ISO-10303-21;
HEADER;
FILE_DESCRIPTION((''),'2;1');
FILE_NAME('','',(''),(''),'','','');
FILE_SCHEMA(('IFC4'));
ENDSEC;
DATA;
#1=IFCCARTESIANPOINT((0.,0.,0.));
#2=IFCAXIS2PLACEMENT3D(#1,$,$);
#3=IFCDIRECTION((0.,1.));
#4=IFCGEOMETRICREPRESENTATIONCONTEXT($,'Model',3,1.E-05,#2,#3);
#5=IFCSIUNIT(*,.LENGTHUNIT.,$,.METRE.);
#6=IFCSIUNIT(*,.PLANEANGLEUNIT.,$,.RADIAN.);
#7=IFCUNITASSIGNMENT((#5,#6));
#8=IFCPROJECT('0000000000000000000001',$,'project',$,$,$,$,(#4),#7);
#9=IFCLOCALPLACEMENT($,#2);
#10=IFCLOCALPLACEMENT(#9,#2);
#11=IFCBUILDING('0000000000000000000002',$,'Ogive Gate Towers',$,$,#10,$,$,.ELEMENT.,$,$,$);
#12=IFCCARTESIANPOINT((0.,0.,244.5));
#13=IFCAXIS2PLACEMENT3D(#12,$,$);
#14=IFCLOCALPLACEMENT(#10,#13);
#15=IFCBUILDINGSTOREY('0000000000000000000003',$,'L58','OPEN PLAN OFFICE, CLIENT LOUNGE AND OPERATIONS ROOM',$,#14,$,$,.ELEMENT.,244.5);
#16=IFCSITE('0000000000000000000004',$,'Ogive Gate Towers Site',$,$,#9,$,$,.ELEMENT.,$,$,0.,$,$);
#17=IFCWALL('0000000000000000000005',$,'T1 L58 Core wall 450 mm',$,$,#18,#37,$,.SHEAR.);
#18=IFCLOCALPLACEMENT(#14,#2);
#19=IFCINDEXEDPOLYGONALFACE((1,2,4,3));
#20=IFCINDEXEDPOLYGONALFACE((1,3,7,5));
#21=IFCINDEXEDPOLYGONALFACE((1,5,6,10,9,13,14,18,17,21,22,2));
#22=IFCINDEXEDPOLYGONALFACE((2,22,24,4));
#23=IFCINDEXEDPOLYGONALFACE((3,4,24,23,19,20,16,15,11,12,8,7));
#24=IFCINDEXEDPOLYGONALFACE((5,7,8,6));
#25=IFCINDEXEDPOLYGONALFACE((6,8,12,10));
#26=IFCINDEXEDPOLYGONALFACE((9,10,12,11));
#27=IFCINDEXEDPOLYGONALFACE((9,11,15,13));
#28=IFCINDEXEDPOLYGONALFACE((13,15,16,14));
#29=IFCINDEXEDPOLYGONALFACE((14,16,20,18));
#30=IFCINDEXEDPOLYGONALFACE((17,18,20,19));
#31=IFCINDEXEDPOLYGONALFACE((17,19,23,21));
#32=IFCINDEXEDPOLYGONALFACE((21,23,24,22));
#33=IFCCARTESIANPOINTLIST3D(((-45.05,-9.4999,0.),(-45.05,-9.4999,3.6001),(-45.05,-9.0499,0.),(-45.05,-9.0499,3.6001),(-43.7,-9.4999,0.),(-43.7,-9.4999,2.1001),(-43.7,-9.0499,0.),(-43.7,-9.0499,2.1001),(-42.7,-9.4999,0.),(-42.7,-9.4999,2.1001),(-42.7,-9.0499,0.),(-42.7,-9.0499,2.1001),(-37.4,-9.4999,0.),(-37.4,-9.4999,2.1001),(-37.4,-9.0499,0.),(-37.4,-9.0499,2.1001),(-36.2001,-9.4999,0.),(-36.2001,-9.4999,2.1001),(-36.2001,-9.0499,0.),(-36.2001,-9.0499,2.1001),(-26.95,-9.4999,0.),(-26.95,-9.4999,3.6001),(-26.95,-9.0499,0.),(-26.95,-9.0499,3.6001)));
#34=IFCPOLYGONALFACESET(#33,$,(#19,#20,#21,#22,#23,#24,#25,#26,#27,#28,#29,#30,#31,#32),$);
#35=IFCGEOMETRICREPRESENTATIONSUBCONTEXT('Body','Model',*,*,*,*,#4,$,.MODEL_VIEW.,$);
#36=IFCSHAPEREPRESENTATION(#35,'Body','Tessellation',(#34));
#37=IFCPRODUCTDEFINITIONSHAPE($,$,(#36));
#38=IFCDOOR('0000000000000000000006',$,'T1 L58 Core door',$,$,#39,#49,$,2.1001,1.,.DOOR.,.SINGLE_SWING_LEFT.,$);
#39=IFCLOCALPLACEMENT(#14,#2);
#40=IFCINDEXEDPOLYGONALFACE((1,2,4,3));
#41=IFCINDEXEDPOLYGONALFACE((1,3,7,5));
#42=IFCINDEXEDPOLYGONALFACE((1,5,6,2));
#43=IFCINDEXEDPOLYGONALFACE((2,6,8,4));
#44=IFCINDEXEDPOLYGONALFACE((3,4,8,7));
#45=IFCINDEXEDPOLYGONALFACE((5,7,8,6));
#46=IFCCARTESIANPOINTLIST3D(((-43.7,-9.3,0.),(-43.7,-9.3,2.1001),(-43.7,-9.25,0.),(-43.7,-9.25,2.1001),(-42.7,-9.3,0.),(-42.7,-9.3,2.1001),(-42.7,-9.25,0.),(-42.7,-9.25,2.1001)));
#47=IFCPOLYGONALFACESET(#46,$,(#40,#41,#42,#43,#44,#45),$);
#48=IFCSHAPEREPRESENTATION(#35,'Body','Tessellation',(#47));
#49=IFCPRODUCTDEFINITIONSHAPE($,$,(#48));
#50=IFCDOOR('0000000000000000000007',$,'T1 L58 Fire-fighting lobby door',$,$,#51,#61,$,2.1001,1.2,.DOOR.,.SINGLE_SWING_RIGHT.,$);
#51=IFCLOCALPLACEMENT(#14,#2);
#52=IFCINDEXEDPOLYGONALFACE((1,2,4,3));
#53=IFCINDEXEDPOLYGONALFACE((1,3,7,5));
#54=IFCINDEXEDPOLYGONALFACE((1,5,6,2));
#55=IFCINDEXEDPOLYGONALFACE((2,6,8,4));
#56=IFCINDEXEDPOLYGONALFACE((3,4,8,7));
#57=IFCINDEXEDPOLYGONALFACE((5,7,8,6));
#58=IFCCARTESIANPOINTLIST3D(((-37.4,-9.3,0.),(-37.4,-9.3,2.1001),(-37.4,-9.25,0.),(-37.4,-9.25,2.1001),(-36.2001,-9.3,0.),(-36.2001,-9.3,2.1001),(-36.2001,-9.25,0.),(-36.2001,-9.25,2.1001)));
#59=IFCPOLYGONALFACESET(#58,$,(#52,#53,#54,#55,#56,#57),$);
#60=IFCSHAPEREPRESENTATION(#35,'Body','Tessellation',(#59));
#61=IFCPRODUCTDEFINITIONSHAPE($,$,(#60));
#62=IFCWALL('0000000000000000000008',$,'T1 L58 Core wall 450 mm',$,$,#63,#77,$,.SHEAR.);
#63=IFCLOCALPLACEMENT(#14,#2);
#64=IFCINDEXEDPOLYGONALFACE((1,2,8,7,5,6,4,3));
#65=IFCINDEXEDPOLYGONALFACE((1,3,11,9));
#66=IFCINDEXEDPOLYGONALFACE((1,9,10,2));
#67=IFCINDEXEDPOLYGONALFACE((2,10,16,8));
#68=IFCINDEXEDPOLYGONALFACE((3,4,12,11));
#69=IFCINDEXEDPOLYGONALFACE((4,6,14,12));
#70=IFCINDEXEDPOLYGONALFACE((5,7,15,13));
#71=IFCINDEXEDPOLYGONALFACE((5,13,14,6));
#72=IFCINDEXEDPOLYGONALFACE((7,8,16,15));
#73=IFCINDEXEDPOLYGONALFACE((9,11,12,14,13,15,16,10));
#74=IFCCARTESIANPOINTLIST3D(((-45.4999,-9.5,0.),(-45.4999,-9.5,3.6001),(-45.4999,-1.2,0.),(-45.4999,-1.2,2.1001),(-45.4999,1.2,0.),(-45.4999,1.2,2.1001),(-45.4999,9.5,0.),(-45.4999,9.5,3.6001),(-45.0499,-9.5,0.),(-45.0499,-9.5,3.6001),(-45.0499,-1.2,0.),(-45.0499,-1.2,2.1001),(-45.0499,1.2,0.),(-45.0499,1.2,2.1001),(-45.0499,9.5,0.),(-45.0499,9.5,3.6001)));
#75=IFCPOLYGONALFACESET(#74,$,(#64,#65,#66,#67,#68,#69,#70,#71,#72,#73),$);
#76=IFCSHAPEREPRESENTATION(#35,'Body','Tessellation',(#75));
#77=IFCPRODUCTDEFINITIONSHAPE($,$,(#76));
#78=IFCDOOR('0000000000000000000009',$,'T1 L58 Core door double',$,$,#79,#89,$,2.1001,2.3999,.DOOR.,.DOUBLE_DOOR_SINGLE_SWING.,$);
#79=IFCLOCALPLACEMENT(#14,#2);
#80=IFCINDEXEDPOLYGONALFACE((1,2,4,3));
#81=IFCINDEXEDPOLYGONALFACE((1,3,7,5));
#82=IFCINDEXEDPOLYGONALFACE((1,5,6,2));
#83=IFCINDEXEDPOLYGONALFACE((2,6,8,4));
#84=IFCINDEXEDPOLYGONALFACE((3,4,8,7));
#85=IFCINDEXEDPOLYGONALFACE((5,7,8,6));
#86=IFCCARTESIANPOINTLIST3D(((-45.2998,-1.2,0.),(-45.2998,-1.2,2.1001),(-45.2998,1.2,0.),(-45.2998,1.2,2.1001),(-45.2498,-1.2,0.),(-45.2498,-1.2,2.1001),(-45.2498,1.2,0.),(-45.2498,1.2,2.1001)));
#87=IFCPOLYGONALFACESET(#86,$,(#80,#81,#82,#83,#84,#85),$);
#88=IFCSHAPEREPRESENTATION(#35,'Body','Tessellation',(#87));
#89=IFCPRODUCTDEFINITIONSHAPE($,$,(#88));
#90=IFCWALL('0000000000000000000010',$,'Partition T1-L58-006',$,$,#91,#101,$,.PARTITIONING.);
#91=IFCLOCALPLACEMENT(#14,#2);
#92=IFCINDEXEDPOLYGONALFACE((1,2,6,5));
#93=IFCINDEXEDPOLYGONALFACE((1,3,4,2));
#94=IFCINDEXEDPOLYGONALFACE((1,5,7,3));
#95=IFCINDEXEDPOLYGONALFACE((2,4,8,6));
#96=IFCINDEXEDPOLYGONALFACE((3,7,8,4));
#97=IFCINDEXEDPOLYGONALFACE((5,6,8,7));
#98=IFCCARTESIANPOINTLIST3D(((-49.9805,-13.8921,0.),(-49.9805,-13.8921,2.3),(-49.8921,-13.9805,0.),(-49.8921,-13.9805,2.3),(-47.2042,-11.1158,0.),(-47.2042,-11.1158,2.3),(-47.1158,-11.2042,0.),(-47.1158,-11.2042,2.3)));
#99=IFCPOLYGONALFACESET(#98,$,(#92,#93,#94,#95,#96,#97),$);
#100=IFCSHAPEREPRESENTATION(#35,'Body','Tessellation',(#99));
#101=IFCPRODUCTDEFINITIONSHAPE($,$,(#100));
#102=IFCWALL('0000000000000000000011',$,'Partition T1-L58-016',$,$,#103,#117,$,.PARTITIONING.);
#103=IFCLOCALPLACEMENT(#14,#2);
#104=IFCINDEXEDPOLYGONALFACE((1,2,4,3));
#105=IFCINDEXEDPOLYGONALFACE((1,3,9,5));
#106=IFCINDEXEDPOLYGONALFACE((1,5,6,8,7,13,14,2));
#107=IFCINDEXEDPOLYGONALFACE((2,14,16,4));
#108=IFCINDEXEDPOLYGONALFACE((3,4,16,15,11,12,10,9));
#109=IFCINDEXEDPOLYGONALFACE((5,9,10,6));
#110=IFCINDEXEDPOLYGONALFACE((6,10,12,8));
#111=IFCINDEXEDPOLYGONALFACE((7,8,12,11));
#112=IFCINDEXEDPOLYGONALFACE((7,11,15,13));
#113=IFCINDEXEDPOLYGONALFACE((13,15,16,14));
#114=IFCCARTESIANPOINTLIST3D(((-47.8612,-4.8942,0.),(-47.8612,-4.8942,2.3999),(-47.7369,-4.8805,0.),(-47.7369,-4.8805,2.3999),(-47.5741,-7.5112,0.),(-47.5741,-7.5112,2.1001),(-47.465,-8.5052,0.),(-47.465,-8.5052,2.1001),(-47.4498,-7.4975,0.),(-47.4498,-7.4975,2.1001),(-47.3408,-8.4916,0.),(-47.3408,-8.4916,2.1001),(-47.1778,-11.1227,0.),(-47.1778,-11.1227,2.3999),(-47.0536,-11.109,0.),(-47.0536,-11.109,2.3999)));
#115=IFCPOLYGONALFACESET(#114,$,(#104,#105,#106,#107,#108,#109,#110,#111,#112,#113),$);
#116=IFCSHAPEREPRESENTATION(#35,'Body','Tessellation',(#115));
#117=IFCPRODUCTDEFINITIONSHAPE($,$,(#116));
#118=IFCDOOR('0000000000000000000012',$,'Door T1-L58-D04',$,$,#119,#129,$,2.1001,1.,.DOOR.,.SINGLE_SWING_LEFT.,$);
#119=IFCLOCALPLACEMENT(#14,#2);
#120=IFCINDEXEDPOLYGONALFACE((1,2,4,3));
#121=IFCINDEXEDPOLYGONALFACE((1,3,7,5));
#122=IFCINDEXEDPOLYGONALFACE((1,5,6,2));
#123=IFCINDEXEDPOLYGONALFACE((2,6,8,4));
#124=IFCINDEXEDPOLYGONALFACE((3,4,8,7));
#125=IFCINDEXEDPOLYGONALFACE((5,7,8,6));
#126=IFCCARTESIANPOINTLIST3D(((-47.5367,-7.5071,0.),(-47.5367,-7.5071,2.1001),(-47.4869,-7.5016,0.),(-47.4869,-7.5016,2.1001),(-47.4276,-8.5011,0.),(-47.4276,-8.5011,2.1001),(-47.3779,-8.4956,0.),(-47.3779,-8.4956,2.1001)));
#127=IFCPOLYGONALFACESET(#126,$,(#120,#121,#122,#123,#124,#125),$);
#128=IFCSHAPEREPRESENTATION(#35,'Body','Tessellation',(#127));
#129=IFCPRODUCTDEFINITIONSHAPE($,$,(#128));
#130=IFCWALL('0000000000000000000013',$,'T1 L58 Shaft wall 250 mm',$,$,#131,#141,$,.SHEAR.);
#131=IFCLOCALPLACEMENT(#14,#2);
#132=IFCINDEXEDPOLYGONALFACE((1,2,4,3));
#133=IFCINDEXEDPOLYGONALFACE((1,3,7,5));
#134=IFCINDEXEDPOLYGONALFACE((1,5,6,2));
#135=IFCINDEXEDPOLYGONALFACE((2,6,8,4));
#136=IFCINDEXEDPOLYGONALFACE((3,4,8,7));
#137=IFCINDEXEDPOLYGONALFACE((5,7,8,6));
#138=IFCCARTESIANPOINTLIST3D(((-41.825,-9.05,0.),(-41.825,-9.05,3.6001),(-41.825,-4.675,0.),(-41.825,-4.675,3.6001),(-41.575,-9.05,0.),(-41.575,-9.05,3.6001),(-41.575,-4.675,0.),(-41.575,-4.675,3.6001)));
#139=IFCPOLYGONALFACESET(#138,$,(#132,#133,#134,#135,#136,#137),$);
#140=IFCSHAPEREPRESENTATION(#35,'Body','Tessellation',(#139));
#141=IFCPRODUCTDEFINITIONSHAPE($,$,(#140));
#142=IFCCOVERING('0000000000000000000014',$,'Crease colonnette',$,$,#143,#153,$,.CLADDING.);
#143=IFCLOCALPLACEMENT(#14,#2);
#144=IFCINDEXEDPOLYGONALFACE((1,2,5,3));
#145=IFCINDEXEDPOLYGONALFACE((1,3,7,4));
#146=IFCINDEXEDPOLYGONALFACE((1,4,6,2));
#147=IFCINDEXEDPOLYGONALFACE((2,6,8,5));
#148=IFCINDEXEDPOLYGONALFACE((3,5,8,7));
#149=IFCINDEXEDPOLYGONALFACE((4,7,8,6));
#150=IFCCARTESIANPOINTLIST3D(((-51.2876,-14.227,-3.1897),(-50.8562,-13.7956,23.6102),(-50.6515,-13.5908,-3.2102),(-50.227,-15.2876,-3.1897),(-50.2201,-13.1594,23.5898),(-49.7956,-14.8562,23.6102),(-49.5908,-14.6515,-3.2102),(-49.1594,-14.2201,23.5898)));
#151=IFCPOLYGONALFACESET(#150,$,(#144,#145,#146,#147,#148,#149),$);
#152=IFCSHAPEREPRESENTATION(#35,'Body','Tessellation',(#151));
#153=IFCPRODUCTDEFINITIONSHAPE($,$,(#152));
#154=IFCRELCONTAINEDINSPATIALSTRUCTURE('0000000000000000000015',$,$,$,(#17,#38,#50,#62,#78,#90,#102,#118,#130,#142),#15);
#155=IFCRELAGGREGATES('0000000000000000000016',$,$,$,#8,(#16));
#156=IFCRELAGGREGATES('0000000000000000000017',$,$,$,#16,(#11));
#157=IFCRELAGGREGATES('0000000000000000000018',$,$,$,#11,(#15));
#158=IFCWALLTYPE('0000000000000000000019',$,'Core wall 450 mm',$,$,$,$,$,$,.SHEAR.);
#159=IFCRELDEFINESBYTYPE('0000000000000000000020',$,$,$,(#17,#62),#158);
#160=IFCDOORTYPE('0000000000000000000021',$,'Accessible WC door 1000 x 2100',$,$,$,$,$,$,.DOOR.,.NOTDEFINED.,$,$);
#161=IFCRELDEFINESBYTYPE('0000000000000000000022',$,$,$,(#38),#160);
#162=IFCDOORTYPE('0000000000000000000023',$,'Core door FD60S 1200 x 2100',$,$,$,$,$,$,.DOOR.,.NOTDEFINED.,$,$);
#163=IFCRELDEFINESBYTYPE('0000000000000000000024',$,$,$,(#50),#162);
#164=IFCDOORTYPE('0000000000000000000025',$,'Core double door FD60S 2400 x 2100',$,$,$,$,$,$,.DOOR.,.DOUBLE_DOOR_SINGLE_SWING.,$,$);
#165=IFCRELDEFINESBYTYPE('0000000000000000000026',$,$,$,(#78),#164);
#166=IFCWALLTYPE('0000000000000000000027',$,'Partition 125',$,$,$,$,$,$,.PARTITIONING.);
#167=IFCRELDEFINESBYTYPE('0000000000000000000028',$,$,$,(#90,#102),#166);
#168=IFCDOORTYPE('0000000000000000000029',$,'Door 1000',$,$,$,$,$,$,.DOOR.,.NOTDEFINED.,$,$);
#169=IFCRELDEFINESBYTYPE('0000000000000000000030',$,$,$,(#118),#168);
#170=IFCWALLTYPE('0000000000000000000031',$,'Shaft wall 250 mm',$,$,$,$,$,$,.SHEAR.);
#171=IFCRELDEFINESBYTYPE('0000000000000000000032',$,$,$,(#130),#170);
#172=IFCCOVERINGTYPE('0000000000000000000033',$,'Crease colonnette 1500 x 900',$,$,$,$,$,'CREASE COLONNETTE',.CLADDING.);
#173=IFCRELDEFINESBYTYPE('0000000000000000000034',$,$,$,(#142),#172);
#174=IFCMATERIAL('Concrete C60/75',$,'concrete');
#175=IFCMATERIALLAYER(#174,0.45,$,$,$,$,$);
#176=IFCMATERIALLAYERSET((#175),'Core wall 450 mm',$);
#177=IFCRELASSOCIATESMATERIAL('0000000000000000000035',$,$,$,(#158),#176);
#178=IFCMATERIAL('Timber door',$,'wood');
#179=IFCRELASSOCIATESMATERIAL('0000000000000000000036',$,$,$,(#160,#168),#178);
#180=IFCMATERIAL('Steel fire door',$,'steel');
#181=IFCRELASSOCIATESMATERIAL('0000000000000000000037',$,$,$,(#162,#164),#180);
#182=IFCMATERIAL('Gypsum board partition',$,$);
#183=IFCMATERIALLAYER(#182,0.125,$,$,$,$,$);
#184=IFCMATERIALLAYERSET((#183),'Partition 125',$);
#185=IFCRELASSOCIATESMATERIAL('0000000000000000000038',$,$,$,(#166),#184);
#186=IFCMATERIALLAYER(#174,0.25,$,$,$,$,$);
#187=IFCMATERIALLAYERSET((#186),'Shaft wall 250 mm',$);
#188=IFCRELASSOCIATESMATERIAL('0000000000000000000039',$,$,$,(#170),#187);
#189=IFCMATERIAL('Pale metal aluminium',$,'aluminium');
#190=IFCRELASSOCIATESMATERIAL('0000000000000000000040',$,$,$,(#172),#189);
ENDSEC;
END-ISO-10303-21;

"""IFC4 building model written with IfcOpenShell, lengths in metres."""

from ifc_helpers import new_model, si_unit, direction, frame, frame_2d, origin, origin_2d, place, context, subcontext, project, spatial, rectangle, extrude, material, layer, layer_set, material_profile, profile_set, type_object, element, fill, save


model = new_model("IFC4")

# Units and contexts
model_context = context("Model", 3, precision=1e-05, world=origin(), true_north=direction((0.0, 1.0)))
body_context = subcontext(model_context, "Body", "Model", "MODEL_VIEW")
ifc_project = project(units=[si_unit("LENGTHUNIT", "METRE"), si_unit("PLANEANGLEUNIT", "RADIAN")], contexts=[model_context])

# Site, building, storey
site_placement = place(None, origin())
site = spatial("IfcSite", under=ifc_project, at=site_placement, Name="Ogive Gate Towers Site", CompositionType="ELEMENT", RefElevation=0.0)
building_placement = place(site_placement, origin())
building = spatial("IfcBuilding", under=site, at=building_placement, Name="Ogive Gate Towers", CompositionType="ELEMENT")
storey_placement = place(building_placement, frame((0.0, 0.0, 244.5)))
storey = spatial("IfcBuildingStorey", under=building, at=storey_placement, Name="L58", Description="OPEN PLAN OFFICE, CLIENT LOUNGE AND OPERATIONS ROOM", CompositionType="ELEMENT", Elevation=244.5)

# Wall, openings, doors
ifc_material_1 = material(Name="Concrete C60/75", Category="concrete")
ifc_layer_1 = layer(ifc_material_1, 0.45)
ifc_layer_set_1 = layer_set([ifc_layer_1], Name="Core wall 450 mm")
wall_type_1 = type_object("IfcWallType", Name="Core wall 450 mm", PredefinedType="SHEAR", material=ifc_layer_set_1)
wall_1_placement = place(storey_placement, frame((-45.05, -9.2749, 0.0), z_axis=(0.0, 0.0, 1.0), x_axis=(1.0, 0.0, 0.0)))
wall_1 = element("IfcWall", 1, at=wall_1_placement, inside=storey, type_object=wall_type_1, Name="T1 L58 Core wall 450 mm", PredefinedType="SHEAR", context=body_context, shape_type="SweptSolid", body=[
    extrude(rectangle(XDim=18.1001, YDim=0.45, at=frame_2d((9.05, 0.0))), origin(), (0.0, 0.0, 1.0), 3.6001),
])
opening_1_placement = place(wall_1_placement, frame((7.6499, 0.0, 0.0)))
opening_1 = element("IfcOpeningElement", 2, at=opening_1_placement, cuts=wall_1, PredefinedType="OPENING", context=body_context, shape_type="SweptSolid", body=[
    extrude(rectangle(XDim=1.2, YDim=2.1001, at=frame_2d((0.6001, 1.05))), frame((0.0, 0.2349, 0.0), z_axis=(0.0, -1.0, 0.0), x_axis=(1.0, 0.0, 0.0)), (0.0, 0.0, 1.0), 0.47),
])
opening_2_placement = place(wall_1_placement, frame((1.3501, 0.0, 0.0)))
opening_2 = element("IfcOpeningElement", 3, at=opening_2_placement, cuts=wall_1, PredefinedType="OPENING", context=body_context, shape_type="SweptSolid", body=[
    extrude(rectangle(XDim=1.0, YDim=2.1001, at=frame_2d((0.5, 1.05))), frame((0.0, 0.2349, 0.0), z_axis=(0.0, -1.0, 0.0), x_axis=(1.0, 0.0, 0.0)), (0.0, 0.0, 1.0), 0.47),
])
ifc_material_2 = material(Name="Timber door", Category="wood")
door_type_1 = type_object("IfcDoorType", Name="Accessible WC door 1000 x 2100", OperationType="NOTDEFINED", PredefinedType="DOOR", material=ifc_material_2)
door_1_placement = place(opening_2_placement, origin())
door_1 = element("IfcDoor", 4, at=door_1_placement, inside=storey, type_object=door_type_1, Name="T1 L58 Core door", OperationType="SINGLE_SWING_LEFT", OverallHeight=2.1001, OverallWidth=1.0, PredefinedType="DOOR", context=body_context, shape_type="SweptSolid", body=[
    extrude(rectangle(XDim=1.0, YDim=2.1001, at=frame_2d((0.5, 1.05))), frame((0.0, 0.0249, 0.0), z_axis=(0.0, -1.0, 0.0), x_axis=(1.0, 0.0, 0.0)), (0.0, 0.0, 1.0), 0.05),
])
fill(opening_2, door_1)
ifc_material_3 = material(Name="Steel fire door", Category="steel")
door_type_2 = type_object("IfcDoorType", Name="Core door FD60S 1200 x 2100", OperationType="NOTDEFINED", PredefinedType="DOOR", material=ifc_material_3)
door_2_placement = place(opening_1_placement, origin())
door_2 = element("IfcDoor", 5, at=door_2_placement, inside=storey, type_object=door_type_2, Name="T1 L58 Fire-fighting lobby door", OperationType="SINGLE_SWING_RIGHT", OverallHeight=2.1001, OverallWidth=1.2, PredefinedType="DOOR", context=body_context, shape_type="SweptSolid", body=[
    extrude(rectangle(XDim=1.2, YDim=2.1001, at=frame_2d((0.6001, 1.05))), frame((0.0, 0.0249, 0.0), z_axis=(0.0, -1.0, 0.0), x_axis=(1.0, 0.0, 0.0)), (0.0, 0.0, 1.0), 0.05),
])
fill(opening_1, door_2)

# Wall, opening, door
wall_2_placement = place(storey_placement, frame((-45.2749, -9.5, 0.0), z_axis=(0.0, 0.0, 1.0), x_axis=(0.0, 1.0, 0.0)))
wall_2 = element("IfcWall", 6, at=wall_2_placement, inside=storey, type_object=wall_type_1, Name="T1 L58 Core wall 450 mm", PredefinedType="SHEAR", context=body_context, shape_type="SweptSolid", body=[
    extrude(rectangle(XDim=19.0, YDim=0.45, at=frame_2d((9.5, 0.0))), origin(), (0.0, 0.0, 1.0), 3.6001),
])
opening_3_placement = place(wall_2_placement, frame((8.3, 0.0, 0.0)))
opening_3 = element("IfcOpeningElement", 7, at=opening_3_placement, cuts=wall_2, PredefinedType="OPENING", context=body_context, shape_type="SweptSolid", body=[
    extrude(rectangle(XDim=2.3999, YDim=2.1001, at=frame_2d((1.2, 1.05))), frame((0.0, 0.2349, 0.0), z_axis=(0.0, -1.0, 0.0), x_axis=(1.0, 0.0, 0.0)), (0.0, 0.0, 1.0), 0.47),
])
door_type_3 = type_object("IfcDoorType", Name="Core double door FD60S 2400 x 2100", OperationType="DOUBLE_DOOR_SINGLE_SWING", PredefinedType="DOOR", material=ifc_material_3)
door_3_placement = place(opening_3_placement, origin())
door_3 = element("IfcDoor", 8, at=door_3_placement, inside=storey, type_object=door_type_3, Name="T1 L58 Core door double", OperationType="DOUBLE_DOOR_SINGLE_SWING", OverallHeight=2.1001, OverallWidth=2.3999, PredefinedType="DOOR", context=body_context, shape_type="SweptSolid", body=[
    extrude(rectangle(XDim=2.3999, YDim=2.1001, at=frame_2d((1.2, 1.05))), frame((0.0, 0.0249, 0.0), z_axis=(0.0, -1.0, 0.0), x_axis=(1.0, 0.0, 0.0)), (0.0, 0.0, 1.0), 0.05),
])
fill(opening_3, door_3)

# Wall
ifc_material_4 = material(Name="Gypsum board partition")
ifc_layer_2 = layer(ifc_material_4, 0.125)
ifc_layer_set_2 = layer_set([ifc_layer_2], Name="Partition 125")
wall_type_2 = type_object("IfcWallType", Name="Partition 125", PredefinedType="PARTITIONING", material=ifc_layer_set_2)
wall_3_placement = place(storey_placement, frame((-49.9363, -13.9363, 0.0), z_axis=(0.0, 0.0, 1.0), x_axis=(0.707107, 0.707107, 0.0)))
element("IfcWall", 9, at=wall_3_placement, inside=storey, type_object=wall_type_2, Name="Partition T1-L58-006", PredefinedType="PARTITIONING", context=body_context, shape_type="SweptSolid", body=[
    extrude(rectangle(XDim=3.9263, YDim=0.125, at=frame_2d((1.9631, 0.0))), origin(), (0.0, 0.0, 1.0), 2.3),
])

# Wall, opening, door
wall_4_placement = place(storey_placement, frame((-47.1157, -11.1157, 0.0), z_axis=(0.0, 0.0, 1.0), x_axis=(-0.109059, 0.994035, 0.0)))
wall_4 = element("IfcWall", 10, at=wall_4_placement, inside=storey, type_object=wall_type_2, Name="Partition T1-L58-016", PredefinedType="PARTITIONING", context=body_context, shape_type="SweptSolid", body=[
    extrude(rectangle(XDim=6.2659, YDim=0.125, at=frame_2d((3.1328, 0.0))), origin(), (0.0, 0.0, 1.0), 2.3999),
])
opening_4_placement = place(wall_4_placement, frame((2.6331, 0.0, 0.0)))
opening_4 = element("IfcOpeningElement", 11, at=opening_4_placement, cuts=wall_4, PredefinedType="OPENING", context=body_context, shape_type="SweptSolid", body=[
    extrude(rectangle(XDim=1.0, YDim=2.1001, at=frame_2d((0.5, 1.05))), frame((0.0, 0.0725, 0.0), z_axis=(0.0, -1.0, 0.0), x_axis=(1.0, 0.0, 0.0)), (0.0, 0.0, 1.0), 0.145),
])
door_type_4 = type_object("IfcDoorType", Name="Door 1000", OperationType="NOTDEFINED", PredefinedType="DOOR", material=ifc_material_2)
door_4_placement = place(opening_4_placement, origin())
door_4 = element("IfcDoor", 12, at=door_4_placement, inside=storey, type_object=door_type_4, Name="Door T1-L58-D04", OperationType="SINGLE_SWING_LEFT", OverallHeight=2.1001, OverallWidth=1.0, PredefinedType="DOOR", context=body_context, shape_type="SweptSolid", body=[
    extrude(rectangle(XDim=1.0, YDim=2.1001, at=frame_2d((0.5, 1.05))), frame((0.0, 0.0249, 0.0), z_axis=(0.0, -1.0, 0.0), x_axis=(1.0, 0.0, 0.0)), (0.0, 0.0, 1.0), 0.05),
])
fill(opening_4, door_4)

# Wall
ifc_layer_3 = layer(ifc_material_1, 0.25)
ifc_layer_set_3 = layer_set([ifc_layer_3], Name="Shaft wall 250 mm")
wall_type_3 = type_object("IfcWallType", Name="Shaft wall 250 mm", PredefinedType="SHEAR", material=ifc_layer_set_3)
wall_5_placement = place(storey_placement, frame((-41.7, -9.05, 0.0), z_axis=(0.0, 0.0, 1.0), x_axis=(0.0, 1.0, 0.0)))
element("IfcWall", 13, at=wall_5_placement, inside=storey, type_object=wall_type_3, Name="T1 L58 Shaft wall 250 mm", PredefinedType="SHEAR", context=body_context, shape_type="SweptSolid", body=[
    extrude(rectangle(XDim=4.375, YDim=0.25, at=frame_2d((2.1875, 0.0))), origin(), (0.0, 0.0, 1.0), 3.6001),
])

# Covering
ifc_material_5 = material(Name="Pale metal aluminium", Category="aluminium")
ifc_material_profile_1 = material_profile(ifc_material_5, rectangle(XDim=1.5, YDim=0.8999, at=origin_2d()), Name="1500 x 900 pale metal aluminium")
ifc_profile_set_1 = profile_set([ifc_material_profile_1], Name="Pale metal aluminium")
covering_type_1 = type_object("IfcCoveringType", Name="Crease colonnette 1500 x 900", ElementType="CREASE COLONNETTE", PredefinedType="CLADDING", material=ifc_profile_set_1)
covering_placement = place(storey_placement, frame((-50.4392, -14.4392, -3.2), z_axis=(0.016093, 0.016093, 0.999741), x_axis=(-0.707107, 0.707107, 0.0)))
element("IfcCovering", 14, at=covering_placement, inside=storey, type_object=covering_type_1, Name="Crease colonnette", PredefinedType="CLADDING", context=body_context, shape_type="SweptSolid", body=[
    extrude(rectangle(XDim=1.5, YDim=0.8999, at=origin_2d()), origin(), (0.0, 0.0, 1.0), 26.8069),
])

save(model, "model.ifc")
